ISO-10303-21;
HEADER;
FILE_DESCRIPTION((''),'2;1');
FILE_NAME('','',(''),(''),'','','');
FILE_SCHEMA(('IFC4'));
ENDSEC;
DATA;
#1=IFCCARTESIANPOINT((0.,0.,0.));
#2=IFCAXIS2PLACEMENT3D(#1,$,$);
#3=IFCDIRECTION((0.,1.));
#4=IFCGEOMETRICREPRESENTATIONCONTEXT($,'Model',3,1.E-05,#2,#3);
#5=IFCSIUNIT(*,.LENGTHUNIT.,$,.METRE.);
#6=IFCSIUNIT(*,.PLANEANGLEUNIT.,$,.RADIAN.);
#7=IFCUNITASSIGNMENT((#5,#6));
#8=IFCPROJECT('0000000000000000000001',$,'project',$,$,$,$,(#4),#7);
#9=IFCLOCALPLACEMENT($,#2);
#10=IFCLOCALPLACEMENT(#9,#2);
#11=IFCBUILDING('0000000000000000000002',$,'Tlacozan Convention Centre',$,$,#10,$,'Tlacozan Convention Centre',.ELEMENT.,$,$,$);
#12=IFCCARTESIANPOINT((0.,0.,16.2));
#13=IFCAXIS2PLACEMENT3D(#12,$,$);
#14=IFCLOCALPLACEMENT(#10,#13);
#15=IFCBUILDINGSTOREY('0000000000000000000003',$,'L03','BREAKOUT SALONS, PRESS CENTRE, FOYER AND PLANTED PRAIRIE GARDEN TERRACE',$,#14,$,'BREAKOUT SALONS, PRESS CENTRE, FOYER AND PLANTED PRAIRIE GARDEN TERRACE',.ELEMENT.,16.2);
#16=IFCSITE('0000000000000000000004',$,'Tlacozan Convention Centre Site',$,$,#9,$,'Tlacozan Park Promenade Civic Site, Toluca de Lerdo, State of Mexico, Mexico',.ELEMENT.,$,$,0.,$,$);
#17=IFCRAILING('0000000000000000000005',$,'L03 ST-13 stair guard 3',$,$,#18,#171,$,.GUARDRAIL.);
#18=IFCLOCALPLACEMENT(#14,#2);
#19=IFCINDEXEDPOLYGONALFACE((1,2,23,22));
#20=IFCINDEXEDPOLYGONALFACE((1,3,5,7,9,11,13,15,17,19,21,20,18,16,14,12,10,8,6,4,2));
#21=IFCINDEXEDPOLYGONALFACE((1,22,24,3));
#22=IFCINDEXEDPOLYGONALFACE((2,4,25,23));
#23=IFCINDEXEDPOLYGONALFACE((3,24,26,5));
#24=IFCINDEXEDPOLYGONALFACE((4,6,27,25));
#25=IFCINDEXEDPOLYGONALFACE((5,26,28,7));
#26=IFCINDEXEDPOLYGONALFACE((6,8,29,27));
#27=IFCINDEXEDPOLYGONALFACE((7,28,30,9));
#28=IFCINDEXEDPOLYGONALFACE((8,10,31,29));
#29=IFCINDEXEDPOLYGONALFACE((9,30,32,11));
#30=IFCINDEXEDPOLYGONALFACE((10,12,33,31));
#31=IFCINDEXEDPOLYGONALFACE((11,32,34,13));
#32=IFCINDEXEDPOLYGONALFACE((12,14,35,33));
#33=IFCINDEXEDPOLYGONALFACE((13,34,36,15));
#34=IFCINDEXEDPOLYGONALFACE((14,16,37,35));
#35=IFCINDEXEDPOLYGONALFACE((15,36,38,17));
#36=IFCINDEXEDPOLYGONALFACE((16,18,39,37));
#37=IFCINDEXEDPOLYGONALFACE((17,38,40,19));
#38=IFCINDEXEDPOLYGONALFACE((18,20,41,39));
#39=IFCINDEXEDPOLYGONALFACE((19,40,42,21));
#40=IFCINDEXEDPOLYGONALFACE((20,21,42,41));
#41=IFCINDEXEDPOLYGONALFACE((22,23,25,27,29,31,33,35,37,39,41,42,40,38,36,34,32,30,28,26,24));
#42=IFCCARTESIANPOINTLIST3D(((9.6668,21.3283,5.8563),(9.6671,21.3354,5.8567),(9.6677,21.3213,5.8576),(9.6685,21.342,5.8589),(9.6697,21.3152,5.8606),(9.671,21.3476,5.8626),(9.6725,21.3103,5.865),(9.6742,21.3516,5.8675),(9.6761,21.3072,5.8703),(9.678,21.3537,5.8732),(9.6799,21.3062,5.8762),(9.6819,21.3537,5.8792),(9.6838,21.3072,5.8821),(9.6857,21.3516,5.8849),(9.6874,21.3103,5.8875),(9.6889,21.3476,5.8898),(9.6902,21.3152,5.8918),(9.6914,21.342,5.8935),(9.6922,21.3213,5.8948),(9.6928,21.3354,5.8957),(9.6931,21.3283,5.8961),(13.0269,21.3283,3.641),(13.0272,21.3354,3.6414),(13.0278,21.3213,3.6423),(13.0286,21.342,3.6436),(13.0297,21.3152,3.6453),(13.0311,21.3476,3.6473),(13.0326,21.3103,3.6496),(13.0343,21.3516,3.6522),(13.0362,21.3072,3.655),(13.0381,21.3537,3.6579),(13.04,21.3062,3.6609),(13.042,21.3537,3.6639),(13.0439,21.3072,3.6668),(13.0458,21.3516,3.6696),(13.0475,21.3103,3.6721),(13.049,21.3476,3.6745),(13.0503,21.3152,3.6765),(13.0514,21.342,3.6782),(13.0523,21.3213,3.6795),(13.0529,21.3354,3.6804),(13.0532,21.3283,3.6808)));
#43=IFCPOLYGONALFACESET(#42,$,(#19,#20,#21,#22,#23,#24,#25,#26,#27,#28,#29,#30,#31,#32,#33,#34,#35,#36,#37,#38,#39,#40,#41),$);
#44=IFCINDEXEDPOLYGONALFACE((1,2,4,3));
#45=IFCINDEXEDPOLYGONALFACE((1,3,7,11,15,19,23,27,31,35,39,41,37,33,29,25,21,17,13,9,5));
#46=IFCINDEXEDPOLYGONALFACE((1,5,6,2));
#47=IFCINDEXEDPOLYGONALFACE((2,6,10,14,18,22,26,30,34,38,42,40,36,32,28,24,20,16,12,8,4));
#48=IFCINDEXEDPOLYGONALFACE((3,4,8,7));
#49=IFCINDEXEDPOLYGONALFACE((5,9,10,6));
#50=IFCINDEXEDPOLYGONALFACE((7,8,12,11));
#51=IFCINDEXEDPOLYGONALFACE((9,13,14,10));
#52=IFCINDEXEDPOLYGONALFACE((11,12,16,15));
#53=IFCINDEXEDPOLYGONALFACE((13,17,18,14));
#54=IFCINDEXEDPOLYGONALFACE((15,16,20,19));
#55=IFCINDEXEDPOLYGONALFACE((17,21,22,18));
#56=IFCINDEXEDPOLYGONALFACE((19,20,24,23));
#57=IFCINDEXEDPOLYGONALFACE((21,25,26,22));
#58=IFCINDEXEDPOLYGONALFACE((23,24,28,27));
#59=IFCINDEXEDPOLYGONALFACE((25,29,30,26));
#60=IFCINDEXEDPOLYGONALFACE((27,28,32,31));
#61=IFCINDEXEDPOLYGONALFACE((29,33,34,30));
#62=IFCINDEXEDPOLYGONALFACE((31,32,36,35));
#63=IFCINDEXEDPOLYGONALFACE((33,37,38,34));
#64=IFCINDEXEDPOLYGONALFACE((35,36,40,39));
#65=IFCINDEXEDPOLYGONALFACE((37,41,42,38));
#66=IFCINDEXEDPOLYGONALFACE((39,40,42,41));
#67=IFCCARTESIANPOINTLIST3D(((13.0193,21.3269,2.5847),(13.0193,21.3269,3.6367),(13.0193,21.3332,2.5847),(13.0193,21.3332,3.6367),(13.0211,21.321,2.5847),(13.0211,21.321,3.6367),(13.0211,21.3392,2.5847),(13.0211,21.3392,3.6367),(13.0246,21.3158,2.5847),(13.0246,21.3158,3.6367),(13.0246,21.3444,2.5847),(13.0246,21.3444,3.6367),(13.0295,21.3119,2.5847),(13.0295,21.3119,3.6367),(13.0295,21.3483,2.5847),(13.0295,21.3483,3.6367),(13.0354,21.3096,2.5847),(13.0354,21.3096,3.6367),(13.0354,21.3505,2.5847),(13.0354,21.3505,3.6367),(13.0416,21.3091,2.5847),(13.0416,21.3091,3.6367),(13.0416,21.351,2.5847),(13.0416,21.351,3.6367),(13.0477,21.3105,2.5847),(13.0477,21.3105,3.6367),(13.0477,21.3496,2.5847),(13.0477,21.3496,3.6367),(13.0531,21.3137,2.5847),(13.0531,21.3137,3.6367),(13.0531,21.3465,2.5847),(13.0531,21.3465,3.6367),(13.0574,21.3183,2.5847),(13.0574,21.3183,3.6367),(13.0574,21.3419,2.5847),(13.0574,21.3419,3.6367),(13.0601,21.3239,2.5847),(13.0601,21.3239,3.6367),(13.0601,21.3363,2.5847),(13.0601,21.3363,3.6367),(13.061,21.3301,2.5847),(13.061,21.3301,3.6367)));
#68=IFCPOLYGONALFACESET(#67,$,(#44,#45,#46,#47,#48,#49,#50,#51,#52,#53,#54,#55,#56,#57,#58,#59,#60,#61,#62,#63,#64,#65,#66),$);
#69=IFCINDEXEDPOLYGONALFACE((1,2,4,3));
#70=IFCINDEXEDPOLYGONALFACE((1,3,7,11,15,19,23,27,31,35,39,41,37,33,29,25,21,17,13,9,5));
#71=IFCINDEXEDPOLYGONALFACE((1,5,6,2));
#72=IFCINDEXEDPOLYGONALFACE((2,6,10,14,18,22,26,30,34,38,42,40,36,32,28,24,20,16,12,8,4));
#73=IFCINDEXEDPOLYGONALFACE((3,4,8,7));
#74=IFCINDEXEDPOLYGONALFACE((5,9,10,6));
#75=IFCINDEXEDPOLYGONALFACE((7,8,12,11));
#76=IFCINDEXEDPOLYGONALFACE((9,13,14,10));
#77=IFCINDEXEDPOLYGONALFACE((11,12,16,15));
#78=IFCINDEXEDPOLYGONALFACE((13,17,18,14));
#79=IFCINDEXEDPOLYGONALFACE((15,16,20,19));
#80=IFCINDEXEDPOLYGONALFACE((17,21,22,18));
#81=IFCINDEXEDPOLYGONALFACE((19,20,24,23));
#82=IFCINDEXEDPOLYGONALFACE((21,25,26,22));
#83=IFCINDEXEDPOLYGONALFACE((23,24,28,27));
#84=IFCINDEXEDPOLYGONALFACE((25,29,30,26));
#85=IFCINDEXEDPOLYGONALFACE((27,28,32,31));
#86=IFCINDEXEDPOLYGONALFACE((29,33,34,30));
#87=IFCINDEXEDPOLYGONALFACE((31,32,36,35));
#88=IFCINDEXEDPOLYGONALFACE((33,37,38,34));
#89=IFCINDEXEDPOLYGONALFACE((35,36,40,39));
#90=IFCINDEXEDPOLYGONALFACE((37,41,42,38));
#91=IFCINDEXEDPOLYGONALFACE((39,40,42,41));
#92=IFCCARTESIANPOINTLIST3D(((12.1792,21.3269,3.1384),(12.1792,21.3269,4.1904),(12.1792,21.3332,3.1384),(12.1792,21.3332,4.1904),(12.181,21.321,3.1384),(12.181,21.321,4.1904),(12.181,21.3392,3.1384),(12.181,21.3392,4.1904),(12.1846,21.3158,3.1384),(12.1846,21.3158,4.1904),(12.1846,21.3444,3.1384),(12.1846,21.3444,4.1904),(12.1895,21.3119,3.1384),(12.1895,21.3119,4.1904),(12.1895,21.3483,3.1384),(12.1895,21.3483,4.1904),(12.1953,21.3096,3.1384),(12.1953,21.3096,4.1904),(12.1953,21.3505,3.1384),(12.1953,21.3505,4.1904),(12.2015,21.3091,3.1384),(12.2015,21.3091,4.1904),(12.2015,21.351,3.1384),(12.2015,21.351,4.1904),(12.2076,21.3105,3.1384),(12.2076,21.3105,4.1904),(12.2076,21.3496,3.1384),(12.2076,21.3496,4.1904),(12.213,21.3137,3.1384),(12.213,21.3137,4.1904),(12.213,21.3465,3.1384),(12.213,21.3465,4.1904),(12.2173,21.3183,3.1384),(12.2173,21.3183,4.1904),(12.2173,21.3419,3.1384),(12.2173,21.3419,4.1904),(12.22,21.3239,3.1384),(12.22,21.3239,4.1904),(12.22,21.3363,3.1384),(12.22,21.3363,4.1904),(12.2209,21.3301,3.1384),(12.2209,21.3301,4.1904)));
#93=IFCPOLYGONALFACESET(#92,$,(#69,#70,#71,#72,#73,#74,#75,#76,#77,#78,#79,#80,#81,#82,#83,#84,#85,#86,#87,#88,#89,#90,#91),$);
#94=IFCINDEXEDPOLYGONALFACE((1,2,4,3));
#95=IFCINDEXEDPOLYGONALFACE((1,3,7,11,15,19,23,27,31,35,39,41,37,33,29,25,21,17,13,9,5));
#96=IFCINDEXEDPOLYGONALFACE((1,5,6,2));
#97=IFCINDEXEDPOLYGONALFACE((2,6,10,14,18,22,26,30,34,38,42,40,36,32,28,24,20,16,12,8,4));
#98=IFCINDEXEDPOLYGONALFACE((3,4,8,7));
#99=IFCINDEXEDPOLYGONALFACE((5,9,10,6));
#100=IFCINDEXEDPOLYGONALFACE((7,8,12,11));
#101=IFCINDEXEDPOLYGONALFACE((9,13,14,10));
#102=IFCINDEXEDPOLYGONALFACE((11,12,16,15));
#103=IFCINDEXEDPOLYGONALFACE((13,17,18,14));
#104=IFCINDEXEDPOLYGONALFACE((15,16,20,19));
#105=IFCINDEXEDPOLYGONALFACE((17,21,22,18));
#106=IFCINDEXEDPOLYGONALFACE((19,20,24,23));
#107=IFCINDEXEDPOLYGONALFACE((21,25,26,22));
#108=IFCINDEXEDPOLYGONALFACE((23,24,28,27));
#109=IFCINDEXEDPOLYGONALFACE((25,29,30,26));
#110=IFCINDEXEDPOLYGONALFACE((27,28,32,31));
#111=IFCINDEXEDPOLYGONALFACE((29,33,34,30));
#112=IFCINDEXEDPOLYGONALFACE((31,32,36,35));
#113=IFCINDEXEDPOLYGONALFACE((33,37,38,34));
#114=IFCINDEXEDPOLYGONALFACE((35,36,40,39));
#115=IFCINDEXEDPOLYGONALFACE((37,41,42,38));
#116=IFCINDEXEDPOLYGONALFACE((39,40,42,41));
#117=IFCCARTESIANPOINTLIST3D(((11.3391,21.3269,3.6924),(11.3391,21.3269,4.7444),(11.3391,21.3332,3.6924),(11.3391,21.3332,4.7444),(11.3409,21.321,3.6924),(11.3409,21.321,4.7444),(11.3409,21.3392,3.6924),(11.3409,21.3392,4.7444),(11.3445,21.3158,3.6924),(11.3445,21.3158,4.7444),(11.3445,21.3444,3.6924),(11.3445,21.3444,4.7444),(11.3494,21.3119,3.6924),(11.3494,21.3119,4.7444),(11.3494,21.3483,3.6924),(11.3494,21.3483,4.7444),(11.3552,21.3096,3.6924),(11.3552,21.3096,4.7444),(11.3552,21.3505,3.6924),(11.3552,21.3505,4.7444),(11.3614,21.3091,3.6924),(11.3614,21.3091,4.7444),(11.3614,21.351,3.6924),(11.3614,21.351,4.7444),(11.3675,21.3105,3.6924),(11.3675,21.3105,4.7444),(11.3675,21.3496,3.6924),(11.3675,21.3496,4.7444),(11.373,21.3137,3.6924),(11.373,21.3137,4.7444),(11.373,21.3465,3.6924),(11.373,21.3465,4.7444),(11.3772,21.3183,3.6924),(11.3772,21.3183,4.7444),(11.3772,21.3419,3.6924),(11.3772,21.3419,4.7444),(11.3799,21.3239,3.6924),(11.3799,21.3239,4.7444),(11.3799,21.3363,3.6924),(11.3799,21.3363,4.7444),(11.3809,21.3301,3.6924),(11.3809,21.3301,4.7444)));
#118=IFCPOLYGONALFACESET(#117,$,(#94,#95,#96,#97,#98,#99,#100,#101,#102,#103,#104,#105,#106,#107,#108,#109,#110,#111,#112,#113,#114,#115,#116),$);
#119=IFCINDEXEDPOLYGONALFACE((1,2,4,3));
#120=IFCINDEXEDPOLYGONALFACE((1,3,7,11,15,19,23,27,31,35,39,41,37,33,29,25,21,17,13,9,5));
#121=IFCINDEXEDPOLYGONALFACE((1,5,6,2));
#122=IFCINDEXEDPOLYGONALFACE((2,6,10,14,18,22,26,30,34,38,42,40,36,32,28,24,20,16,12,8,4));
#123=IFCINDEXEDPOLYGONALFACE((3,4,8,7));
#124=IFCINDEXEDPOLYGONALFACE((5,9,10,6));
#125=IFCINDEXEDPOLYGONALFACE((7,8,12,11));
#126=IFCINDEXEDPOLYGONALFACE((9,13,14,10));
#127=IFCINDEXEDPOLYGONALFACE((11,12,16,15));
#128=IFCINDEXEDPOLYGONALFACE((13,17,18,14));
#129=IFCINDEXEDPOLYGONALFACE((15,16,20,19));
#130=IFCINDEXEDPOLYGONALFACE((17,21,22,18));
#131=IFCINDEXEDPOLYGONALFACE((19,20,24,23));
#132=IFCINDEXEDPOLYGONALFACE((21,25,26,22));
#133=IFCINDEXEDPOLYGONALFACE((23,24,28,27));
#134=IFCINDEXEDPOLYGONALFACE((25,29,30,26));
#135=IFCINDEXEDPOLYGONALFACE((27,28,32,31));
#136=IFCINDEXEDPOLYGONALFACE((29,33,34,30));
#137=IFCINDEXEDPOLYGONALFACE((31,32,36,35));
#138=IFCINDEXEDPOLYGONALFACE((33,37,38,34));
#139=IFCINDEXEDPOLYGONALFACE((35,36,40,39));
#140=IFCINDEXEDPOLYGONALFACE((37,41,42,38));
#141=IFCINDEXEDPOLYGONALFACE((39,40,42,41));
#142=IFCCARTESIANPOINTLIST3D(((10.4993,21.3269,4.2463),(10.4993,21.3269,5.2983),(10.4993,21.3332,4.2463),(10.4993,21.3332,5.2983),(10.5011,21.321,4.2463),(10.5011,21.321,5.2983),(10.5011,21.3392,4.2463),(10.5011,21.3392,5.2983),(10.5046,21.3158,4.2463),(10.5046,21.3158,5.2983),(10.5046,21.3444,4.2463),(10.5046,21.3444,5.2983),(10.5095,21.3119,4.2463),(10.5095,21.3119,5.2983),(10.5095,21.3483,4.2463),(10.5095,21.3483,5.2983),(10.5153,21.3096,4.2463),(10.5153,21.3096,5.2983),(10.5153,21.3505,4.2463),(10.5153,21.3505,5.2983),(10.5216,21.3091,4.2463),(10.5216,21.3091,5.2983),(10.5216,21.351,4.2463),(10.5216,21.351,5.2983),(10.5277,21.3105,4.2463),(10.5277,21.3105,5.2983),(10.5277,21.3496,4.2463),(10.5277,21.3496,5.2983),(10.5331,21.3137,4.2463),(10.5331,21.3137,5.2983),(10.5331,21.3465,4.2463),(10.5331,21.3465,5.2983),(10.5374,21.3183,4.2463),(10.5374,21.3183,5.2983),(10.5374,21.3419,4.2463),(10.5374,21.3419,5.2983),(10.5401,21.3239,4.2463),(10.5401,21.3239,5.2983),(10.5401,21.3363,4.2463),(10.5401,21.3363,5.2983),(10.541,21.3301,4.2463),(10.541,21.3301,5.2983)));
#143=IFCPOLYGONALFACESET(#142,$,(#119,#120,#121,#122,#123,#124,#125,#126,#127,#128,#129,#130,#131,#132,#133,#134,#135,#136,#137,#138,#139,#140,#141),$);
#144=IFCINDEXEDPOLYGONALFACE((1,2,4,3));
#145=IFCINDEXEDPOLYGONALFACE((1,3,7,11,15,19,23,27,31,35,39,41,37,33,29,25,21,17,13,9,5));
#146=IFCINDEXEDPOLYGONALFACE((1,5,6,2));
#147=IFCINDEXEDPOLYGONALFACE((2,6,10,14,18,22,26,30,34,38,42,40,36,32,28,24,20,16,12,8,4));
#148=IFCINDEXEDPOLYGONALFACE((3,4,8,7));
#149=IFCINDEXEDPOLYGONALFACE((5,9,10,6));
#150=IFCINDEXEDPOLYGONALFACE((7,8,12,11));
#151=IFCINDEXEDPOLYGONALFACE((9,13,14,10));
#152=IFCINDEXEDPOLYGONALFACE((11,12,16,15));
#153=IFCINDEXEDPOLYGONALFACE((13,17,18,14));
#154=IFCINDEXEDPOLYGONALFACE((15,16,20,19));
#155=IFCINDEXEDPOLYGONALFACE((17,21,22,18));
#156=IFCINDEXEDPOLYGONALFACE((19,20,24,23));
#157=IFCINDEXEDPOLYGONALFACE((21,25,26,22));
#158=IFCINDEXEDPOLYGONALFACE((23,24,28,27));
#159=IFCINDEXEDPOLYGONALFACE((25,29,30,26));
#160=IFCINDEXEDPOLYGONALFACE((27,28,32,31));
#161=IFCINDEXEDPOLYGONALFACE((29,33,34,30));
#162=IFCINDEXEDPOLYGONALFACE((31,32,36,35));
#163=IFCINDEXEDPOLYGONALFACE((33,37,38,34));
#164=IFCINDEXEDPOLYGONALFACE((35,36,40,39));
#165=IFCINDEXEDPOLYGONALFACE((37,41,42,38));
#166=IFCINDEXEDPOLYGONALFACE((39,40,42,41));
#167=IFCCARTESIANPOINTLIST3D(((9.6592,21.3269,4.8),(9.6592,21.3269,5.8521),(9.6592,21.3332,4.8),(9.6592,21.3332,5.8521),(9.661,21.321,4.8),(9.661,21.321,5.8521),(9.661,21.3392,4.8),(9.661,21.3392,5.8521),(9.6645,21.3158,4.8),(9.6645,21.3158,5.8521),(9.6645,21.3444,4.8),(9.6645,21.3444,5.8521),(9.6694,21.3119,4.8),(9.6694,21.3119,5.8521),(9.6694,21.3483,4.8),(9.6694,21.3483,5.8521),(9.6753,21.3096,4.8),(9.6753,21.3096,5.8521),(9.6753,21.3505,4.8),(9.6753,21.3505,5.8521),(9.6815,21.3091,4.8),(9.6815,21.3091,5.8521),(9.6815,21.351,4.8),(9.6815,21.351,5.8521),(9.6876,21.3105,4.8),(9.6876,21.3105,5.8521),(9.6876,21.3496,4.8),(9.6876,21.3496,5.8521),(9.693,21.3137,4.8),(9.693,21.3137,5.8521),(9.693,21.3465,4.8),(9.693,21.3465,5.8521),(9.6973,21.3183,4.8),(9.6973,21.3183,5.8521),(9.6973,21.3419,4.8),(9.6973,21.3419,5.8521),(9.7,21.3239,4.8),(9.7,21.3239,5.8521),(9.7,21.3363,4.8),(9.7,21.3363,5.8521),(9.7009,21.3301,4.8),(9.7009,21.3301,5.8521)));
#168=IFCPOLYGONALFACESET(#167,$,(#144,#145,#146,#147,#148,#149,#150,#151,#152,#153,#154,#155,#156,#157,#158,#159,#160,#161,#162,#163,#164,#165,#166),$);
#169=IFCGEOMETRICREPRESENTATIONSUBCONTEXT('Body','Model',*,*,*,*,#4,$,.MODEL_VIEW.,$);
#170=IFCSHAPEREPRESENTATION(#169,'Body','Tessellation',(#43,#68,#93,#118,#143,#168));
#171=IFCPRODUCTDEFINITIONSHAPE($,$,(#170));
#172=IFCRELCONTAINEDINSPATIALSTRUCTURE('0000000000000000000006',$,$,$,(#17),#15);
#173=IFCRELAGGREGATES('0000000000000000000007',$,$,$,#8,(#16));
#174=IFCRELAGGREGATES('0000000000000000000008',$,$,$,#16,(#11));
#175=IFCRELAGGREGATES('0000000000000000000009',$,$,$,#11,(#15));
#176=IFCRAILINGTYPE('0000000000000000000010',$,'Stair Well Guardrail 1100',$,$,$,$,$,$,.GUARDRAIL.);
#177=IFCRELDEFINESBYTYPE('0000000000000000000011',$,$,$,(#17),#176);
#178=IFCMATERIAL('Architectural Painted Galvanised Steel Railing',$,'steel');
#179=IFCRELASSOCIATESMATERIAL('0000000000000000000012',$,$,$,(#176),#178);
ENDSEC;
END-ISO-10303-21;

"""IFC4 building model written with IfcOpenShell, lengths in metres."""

from ifc_helpers import new_model, si_unit, direction, frame, origin, origin_2d, place, context, subcontext, project, spatial, circle, extrude, material, type_object, element, save


model = new_model("IFC4")

# Units and contexts
model_context = context("Model", 3, precision=1e-05, world=origin(), true_north=direction((0.0, 1.0)))
body_context = subcontext(model_context, "Body", "Model", "MODEL_VIEW")
ifc_project = project(units=[si_unit("LENGTHUNIT", "METRE"), si_unit("PLANEANGLEUNIT", "RADIAN")], contexts=[model_context])

# Site, building, storey
site_placement = place(None, origin())
site = spatial("IfcSite", under=ifc_project, at=site_placement, Name="Tlacozan Convention Centre Site", LongName="Tlacozan Park Promenade Civic Site, Toluca de Lerdo, State of Mexico, Mexico", CompositionType="ELEMENT", RefElevation=0.0)
building_placement = place(site_placement, origin())
building = spatial("IfcBuilding", under=site, at=building_placement, Name="Tlacozan Convention Centre", LongName="Tlacozan Convention Centre", CompositionType="ELEMENT")
storey_placement = place(building_placement, frame((0.0, 0.0, 16.2)))
storey = spatial("IfcBuildingStorey", under=building, at=storey_placement, Name="L03", Description="BREAKOUT SALONS, PRESS CENTRE, FOYER AND PLANTED PRAIRIE GARDEN TERRACE", LongName="BREAKOUT SALONS, PRESS CENTRE, FOYER AND PLANTED PRAIRIE GARDEN TERRACE", CompositionType="ELEMENT", Elevation=16.2)

# Railing
ifc_material_1 = material(Name="Architectural Painted Galvanised Steel Railing", Category="steel")
railing_type_1 = type_object("IfcRailingType", Name="Stair Well Guardrail 1100", PredefinedType="GUARDRAIL", material=ifc_material_1)
railing_1_placement = place(storey_placement, frame((13.04, 21.3301, 2.5847)))
element("IfcRailing", 1, at=railing_1_placement, inside=storey, type_object=railing_type_1, Name="L03 ST-13 stair guard 3", PredefinedType="GUARDRAIL", context=body_context, shape_type="SweptSolid", body=[
    extrude(circle(Radius=0.0239, at=origin_2d()), frame((0.0, 0.0, 1.0762), z_axis=(-0.834876, 0.0, 0.550437), x_axis=(0.0, -1.0, 0.0)), (0.0, 0.0, 1.0), 4.0247),
    extrude(circle(Radius=0.021, at=origin_2d()), origin(), (0.0, 0.0, 1.0), 1.052),
    extrude(circle(Radius=0.021, at=origin_2d()), frame((-0.8401, 0.0, 0.5537)), (0.0, 0.0, 1.0), 1.052),
    extrude(circle(Radius=0.021, at=origin_2d()), frame((-1.6802, 0.0, 1.1077)), (0.0, 0.0, 1.0), 1.052),
    extrude(circle(Radius=0.021, at=origin_2d()), frame((-2.52, 0.0, 1.6616)), (0.0, 0.0, 1.0), 1.052),
    extrude(circle(Radius=0.021, at=origin_2d()), frame((-3.3601, 0.0, 2.2153)), (0.0, 0.0, 1.0), 1.052),
])

save(model, "model.ifc")
